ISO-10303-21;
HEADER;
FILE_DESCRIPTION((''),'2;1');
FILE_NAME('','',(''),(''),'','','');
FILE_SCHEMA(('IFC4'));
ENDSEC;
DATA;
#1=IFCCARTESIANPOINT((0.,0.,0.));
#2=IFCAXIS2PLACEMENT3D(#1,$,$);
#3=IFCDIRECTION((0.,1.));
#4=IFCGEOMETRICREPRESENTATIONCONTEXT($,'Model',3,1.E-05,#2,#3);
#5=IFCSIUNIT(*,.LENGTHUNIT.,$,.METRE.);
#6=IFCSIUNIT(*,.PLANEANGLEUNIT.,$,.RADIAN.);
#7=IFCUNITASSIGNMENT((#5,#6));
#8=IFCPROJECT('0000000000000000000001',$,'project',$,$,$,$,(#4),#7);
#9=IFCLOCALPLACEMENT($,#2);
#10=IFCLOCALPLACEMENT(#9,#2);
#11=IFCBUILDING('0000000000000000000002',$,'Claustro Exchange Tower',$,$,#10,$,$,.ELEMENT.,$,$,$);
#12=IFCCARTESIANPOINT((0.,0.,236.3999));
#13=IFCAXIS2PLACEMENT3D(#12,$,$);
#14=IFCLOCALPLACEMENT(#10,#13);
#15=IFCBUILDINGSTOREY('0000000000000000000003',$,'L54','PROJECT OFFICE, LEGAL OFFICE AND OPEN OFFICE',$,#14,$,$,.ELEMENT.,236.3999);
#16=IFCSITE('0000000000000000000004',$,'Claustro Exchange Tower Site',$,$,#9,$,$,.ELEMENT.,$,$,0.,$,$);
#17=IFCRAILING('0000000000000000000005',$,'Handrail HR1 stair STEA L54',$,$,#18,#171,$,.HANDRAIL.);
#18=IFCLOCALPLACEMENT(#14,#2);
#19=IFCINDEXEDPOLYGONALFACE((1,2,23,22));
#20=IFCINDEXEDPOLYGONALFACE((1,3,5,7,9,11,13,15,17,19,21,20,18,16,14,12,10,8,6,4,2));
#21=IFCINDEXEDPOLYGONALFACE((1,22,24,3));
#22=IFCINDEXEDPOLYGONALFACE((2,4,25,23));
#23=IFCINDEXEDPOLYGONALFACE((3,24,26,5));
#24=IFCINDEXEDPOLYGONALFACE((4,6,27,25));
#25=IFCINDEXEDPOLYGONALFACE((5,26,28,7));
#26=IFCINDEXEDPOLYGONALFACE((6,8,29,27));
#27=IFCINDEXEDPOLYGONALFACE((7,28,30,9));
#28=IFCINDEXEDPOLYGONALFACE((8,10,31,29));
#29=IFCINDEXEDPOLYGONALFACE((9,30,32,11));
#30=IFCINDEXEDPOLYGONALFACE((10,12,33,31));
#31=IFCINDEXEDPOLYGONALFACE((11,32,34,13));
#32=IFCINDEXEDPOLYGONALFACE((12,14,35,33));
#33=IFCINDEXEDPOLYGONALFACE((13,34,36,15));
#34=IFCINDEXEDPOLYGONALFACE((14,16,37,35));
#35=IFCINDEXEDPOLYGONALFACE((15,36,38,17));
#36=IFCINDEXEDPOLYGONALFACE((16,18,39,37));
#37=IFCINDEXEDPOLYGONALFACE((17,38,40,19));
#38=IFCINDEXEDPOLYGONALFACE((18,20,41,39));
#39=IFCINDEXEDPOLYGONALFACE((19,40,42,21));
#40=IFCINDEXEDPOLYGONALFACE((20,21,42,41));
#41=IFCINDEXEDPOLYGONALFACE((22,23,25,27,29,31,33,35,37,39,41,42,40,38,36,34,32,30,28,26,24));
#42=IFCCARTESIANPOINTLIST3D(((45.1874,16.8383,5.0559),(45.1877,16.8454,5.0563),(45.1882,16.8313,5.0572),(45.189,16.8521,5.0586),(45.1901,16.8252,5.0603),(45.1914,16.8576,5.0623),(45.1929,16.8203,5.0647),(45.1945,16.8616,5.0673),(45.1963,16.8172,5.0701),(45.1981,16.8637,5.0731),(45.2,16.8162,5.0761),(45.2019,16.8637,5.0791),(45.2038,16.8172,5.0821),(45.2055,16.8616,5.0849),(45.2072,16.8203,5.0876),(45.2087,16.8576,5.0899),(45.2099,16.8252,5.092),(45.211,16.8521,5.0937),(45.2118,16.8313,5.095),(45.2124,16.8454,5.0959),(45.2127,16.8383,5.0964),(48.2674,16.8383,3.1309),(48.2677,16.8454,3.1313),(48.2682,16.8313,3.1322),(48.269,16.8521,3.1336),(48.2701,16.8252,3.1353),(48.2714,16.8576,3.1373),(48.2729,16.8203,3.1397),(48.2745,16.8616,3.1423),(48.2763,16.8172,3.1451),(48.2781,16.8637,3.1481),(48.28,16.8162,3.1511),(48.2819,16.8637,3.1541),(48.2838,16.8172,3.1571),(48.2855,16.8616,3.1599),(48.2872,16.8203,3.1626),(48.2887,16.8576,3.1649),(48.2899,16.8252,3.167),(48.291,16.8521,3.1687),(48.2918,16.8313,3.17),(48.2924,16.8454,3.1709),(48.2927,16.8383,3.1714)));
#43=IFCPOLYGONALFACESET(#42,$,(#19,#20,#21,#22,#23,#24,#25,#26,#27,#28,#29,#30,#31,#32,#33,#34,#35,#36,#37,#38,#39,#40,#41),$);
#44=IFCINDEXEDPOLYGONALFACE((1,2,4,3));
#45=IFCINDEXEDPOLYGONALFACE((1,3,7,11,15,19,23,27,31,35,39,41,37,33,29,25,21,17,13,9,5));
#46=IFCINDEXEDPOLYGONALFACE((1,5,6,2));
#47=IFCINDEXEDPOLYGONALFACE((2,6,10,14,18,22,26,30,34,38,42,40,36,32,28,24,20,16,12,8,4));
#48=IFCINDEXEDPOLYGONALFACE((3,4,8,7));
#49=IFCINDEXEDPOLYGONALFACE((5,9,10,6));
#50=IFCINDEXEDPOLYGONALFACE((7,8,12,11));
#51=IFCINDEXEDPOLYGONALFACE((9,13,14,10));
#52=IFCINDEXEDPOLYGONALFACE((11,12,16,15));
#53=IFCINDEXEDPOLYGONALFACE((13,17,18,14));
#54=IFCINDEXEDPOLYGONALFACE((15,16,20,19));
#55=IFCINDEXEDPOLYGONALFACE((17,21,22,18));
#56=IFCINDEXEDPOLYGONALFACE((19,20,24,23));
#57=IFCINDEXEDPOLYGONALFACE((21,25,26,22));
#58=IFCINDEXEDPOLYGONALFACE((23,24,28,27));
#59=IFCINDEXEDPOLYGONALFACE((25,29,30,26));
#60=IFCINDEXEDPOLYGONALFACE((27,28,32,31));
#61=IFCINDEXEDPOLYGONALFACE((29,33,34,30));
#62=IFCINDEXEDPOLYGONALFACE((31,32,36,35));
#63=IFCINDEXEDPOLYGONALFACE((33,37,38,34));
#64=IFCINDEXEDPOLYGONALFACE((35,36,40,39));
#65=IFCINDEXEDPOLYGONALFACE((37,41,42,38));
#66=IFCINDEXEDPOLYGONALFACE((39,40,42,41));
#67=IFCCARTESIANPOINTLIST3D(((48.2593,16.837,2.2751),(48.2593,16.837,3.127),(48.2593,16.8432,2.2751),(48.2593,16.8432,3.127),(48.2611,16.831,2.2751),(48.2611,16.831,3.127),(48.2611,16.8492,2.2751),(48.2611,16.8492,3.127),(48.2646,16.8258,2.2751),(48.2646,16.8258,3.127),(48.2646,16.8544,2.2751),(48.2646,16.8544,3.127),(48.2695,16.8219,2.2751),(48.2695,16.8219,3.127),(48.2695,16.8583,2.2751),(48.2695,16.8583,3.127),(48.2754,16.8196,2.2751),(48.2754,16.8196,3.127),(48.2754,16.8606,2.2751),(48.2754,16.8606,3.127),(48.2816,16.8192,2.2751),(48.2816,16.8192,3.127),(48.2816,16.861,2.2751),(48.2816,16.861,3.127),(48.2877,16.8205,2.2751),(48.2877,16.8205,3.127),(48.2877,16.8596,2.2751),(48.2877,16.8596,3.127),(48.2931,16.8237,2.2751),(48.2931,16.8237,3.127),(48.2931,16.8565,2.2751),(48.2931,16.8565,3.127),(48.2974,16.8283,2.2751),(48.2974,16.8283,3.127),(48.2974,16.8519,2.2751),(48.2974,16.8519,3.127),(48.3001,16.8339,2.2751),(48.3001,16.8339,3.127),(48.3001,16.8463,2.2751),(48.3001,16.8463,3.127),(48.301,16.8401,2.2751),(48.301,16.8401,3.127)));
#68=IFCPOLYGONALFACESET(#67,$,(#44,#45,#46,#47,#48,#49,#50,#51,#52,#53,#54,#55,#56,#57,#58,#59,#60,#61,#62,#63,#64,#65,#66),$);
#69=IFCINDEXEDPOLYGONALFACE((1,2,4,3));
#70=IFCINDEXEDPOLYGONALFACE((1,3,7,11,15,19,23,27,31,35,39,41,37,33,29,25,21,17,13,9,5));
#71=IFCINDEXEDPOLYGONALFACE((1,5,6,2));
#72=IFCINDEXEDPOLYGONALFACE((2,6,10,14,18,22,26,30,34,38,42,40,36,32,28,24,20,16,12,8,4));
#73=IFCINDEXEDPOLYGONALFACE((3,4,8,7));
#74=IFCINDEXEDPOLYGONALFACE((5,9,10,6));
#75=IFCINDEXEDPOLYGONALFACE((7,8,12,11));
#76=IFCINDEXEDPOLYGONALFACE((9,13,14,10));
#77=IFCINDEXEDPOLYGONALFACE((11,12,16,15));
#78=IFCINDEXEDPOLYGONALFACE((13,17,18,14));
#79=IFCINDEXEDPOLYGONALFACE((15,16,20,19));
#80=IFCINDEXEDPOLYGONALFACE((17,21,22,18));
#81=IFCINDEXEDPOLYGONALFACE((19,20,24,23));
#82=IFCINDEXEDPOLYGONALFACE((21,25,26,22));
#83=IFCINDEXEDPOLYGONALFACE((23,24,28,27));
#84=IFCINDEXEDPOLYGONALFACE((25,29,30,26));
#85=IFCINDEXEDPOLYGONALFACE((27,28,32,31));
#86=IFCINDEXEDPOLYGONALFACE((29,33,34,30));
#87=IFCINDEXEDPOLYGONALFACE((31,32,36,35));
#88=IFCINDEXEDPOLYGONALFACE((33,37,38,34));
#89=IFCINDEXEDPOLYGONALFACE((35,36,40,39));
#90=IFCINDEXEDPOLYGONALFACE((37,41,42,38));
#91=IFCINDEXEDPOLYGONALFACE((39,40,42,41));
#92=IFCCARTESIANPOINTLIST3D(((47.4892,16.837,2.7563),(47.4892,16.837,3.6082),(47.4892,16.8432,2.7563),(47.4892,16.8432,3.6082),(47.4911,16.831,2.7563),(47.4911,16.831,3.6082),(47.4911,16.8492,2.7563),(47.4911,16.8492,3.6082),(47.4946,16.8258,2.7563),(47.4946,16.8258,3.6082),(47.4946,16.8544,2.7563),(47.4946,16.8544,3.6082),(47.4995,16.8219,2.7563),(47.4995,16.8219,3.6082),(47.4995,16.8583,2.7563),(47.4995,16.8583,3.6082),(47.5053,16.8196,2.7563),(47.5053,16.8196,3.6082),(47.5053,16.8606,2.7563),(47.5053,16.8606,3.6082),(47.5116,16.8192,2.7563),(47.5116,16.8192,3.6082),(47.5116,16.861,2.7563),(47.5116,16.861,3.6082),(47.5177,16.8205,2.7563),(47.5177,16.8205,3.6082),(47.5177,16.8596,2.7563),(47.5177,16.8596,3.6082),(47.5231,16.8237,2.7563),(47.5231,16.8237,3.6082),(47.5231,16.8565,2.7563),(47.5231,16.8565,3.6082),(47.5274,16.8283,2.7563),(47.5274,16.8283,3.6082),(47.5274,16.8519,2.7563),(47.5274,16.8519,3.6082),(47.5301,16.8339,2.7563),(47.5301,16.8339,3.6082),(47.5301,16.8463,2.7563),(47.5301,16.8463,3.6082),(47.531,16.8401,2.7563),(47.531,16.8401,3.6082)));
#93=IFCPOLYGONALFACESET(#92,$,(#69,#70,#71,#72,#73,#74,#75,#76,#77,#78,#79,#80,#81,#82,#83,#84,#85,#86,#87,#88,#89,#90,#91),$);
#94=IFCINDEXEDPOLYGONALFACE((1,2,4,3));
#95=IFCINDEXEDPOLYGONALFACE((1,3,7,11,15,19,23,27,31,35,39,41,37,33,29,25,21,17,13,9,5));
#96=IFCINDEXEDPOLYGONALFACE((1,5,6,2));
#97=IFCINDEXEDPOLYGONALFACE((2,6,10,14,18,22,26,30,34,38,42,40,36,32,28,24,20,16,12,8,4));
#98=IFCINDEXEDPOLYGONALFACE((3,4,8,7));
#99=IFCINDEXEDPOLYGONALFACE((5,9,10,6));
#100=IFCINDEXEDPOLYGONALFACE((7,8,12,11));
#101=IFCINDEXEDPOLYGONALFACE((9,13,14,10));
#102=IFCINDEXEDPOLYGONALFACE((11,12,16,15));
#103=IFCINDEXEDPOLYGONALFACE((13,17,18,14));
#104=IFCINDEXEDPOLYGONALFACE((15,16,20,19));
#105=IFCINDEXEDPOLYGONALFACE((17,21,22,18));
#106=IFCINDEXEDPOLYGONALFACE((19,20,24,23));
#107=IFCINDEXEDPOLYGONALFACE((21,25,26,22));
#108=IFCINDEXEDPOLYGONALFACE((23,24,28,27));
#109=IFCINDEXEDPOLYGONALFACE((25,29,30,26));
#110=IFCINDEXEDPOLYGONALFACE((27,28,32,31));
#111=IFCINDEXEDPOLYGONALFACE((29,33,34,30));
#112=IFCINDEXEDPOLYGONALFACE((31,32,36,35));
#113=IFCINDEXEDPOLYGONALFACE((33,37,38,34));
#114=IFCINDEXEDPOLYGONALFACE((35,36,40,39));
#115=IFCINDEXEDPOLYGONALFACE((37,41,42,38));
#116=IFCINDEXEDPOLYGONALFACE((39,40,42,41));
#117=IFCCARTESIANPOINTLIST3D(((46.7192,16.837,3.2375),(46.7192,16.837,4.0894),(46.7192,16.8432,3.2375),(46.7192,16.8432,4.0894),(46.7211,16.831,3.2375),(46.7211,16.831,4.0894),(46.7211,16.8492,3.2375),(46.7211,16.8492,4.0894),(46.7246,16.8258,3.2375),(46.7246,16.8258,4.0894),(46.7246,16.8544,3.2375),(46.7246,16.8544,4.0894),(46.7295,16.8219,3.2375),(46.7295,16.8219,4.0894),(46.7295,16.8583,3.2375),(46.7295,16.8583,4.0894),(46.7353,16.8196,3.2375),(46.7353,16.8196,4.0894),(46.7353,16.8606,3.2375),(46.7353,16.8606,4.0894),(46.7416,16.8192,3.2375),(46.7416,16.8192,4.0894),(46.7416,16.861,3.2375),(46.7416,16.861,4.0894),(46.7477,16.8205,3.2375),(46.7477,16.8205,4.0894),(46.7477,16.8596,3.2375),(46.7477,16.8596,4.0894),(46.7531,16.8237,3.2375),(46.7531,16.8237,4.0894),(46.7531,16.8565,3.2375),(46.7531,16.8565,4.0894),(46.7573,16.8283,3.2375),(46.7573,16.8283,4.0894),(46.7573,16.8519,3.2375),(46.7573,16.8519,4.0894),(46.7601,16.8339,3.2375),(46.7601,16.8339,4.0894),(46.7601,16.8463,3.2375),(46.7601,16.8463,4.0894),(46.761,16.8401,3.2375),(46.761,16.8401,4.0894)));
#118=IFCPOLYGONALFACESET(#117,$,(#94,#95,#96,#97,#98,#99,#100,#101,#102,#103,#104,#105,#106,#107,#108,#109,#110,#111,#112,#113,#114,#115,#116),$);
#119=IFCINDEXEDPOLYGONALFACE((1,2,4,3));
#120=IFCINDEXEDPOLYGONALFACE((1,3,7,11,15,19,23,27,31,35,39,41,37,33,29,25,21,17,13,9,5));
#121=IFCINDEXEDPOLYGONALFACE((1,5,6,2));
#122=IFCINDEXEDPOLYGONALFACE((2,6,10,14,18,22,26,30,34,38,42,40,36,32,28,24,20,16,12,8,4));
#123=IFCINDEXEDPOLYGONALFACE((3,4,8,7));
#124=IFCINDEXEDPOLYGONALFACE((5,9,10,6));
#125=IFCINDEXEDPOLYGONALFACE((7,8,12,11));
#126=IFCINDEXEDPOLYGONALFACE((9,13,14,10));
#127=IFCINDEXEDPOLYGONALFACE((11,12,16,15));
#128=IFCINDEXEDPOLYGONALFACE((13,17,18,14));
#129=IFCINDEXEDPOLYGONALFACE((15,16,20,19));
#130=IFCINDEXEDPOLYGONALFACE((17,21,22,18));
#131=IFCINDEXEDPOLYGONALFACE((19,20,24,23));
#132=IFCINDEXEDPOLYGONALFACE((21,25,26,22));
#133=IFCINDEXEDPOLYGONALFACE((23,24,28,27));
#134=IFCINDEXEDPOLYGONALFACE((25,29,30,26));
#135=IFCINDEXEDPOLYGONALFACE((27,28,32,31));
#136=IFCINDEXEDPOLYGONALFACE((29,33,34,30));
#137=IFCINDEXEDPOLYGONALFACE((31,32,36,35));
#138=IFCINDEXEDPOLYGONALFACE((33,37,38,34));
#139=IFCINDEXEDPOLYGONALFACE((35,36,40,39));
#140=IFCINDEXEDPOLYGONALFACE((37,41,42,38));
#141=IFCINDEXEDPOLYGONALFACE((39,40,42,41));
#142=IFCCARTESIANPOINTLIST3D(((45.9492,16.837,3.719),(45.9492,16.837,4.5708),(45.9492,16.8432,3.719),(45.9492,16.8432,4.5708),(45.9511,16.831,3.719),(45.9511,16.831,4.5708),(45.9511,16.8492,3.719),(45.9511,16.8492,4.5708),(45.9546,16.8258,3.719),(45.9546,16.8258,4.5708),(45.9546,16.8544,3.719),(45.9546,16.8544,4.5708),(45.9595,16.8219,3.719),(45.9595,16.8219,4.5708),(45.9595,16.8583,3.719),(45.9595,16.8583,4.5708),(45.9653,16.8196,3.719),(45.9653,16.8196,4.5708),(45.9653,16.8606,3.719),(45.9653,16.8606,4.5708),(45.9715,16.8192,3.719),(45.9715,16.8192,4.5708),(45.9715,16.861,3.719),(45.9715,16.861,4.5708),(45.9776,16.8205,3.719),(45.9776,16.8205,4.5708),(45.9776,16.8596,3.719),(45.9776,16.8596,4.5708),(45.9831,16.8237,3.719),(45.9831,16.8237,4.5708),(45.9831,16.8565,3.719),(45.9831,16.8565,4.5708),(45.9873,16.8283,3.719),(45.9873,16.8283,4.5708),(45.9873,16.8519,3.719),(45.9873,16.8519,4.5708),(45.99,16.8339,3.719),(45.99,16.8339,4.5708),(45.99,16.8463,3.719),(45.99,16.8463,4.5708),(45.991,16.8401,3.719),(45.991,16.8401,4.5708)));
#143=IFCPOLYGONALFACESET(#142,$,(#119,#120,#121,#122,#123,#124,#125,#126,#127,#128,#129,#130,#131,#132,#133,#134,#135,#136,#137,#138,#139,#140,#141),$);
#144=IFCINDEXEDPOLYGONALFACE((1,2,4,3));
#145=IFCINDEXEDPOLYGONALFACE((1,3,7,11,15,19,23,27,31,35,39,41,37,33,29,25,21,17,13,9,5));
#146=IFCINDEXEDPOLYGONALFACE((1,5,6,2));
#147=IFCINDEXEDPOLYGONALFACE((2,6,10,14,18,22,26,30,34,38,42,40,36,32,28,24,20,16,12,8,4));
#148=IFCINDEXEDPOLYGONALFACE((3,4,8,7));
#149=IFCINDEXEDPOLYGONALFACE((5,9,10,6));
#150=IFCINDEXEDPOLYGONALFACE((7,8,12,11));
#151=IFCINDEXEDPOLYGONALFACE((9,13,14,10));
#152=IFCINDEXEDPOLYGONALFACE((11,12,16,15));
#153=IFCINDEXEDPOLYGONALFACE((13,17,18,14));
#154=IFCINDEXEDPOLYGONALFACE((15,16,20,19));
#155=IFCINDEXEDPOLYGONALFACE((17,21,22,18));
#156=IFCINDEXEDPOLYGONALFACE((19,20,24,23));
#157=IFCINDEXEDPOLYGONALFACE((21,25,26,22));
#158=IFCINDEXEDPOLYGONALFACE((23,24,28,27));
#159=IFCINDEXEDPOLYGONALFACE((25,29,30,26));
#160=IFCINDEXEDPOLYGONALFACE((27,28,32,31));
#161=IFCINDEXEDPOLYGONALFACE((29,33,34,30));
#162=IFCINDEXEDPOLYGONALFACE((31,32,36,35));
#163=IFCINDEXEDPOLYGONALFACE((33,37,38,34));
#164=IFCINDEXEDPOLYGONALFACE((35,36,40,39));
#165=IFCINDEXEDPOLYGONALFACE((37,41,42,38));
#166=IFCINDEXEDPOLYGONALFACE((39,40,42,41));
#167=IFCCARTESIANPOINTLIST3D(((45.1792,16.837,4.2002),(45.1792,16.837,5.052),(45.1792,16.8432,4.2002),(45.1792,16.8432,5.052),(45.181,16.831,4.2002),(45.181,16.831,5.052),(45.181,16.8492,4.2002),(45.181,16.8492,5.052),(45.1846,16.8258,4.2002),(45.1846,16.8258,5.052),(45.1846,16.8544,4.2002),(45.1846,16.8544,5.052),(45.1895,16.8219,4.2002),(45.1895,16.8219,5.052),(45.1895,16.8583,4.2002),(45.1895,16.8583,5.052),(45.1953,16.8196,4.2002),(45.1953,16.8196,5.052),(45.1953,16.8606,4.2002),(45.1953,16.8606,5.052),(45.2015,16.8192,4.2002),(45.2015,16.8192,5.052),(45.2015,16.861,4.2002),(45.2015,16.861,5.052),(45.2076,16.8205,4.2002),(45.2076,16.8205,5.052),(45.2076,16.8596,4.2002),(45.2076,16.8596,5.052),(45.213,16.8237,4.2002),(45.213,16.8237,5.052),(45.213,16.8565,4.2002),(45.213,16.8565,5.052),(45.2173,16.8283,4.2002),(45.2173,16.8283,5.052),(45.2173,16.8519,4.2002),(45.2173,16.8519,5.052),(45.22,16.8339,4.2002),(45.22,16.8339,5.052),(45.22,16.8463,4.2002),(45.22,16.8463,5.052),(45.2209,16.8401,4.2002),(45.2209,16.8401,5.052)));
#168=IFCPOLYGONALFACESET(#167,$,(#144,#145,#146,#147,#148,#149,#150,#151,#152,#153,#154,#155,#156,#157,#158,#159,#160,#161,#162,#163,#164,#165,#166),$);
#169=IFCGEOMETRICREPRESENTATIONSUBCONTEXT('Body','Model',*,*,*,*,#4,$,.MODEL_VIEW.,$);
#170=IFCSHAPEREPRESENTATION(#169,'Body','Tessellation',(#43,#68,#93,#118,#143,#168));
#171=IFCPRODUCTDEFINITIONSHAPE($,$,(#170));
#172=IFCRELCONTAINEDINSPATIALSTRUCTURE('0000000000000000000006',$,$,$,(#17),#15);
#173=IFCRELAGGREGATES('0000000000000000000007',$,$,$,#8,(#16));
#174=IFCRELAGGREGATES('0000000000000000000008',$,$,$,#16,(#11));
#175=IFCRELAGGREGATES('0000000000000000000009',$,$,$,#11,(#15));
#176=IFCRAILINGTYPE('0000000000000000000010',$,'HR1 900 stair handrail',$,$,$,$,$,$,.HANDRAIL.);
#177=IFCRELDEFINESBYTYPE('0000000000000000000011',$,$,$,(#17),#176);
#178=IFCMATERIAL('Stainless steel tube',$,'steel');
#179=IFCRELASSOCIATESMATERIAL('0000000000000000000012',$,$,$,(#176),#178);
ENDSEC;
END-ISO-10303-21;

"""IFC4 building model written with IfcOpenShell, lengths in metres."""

from ifc_helpers import new_model, si_unit, direction, frame, origin, origin_2d, place, context, subcontext, project, spatial, circle, extrude, material, type_object, element, save


model = new_model("IFC4")

# Units and contexts
model_context = context("Model", 3, precision=1e-05, world=origin(), true_north=direction((0.0, 1.0)))
body_context = subcontext(model_context, "Body", "Model", "MODEL_VIEW")
ifc_project = project(units=[si_unit("LENGTHUNIT", "METRE"), si_unit("PLANEANGLEUNIT", "RADIAN")], contexts=[model_context])

# Site, building, storey
site_placement = place(None, origin())
site = spatial("IfcSite", under=ifc_project, at=site_placement, Name="Claustro Exchange Tower Site", CompositionType="ELEMENT", RefElevation=0.0)
building_placement = place(site_placement, origin())
building = spatial("IfcBuilding", under=site, at=building_placement, Name="Claustro Exchange Tower", CompositionType="ELEMENT")
storey_placement = place(building_placement, frame((0.0, 0.0, 236.3999)))
storey = spatial("IfcBuildingStorey", under=building, at=storey_placement, Name="L54", Description="PROJECT OFFICE, LEGAL OFFICE AND OPEN OFFICE", CompositionType="ELEMENT", Elevation=236.3999)

# Railing
ifc_material_1 = material(Name="Stainless steel tube", Category="steel")
railing_type_1 = type_object("IfcRailingType", Name="HR1 900 stair handrail", PredefinedType="HANDRAIL", material=ifc_material_1)
railing_1_placement = place(storey_placement, frame((48.28, 16.8401, 2.2751)))
element("IfcRailing", 1, at=railing_1_placement, inside=storey, type_object=railing_type_1, Name="Handrail HR1 stair STEA L54", PredefinedType="HANDRAIL", context=body_context, shape_type="SweptSolid", body=[
    extrude(circle(Radius=0.0239, at=origin_2d()), frame((0.0, 0.0, 0.876), z_axis=(-0.847998, 0.0, 0.529999), x_axis=(0.0, -1.0, 0.0)), (0.0, 0.0, 1.0), 3.6321),
    extrude(circle(Radius=0.021, at=origin_2d()), origin(), (0.0, 0.0, 1.0), 0.8518),
    extrude(circle(Radius=0.021, at=origin_2d()), frame((-0.77, 0.0, 0.4812)), (0.0, 0.0, 1.0), 0.8518),
    extrude(circle(Radius=0.021, at=origin_2d()), frame((-1.54, 0.0, 0.9624)), (0.0, 0.0, 1.0), 0.8518),
    extrude(circle(Radius=0.021, at=origin_2d()), frame((-2.3101, 0.0, 1.4438)), (0.0, 0.0, 1.0), 0.8518),
    extrude(circle(Radius=0.021, at=origin_2d()), frame((-3.0801, 0.0, 1.925)), (0.0, 0.0, 1.0), 0.8518),
])

save(model, "model.ifc")
